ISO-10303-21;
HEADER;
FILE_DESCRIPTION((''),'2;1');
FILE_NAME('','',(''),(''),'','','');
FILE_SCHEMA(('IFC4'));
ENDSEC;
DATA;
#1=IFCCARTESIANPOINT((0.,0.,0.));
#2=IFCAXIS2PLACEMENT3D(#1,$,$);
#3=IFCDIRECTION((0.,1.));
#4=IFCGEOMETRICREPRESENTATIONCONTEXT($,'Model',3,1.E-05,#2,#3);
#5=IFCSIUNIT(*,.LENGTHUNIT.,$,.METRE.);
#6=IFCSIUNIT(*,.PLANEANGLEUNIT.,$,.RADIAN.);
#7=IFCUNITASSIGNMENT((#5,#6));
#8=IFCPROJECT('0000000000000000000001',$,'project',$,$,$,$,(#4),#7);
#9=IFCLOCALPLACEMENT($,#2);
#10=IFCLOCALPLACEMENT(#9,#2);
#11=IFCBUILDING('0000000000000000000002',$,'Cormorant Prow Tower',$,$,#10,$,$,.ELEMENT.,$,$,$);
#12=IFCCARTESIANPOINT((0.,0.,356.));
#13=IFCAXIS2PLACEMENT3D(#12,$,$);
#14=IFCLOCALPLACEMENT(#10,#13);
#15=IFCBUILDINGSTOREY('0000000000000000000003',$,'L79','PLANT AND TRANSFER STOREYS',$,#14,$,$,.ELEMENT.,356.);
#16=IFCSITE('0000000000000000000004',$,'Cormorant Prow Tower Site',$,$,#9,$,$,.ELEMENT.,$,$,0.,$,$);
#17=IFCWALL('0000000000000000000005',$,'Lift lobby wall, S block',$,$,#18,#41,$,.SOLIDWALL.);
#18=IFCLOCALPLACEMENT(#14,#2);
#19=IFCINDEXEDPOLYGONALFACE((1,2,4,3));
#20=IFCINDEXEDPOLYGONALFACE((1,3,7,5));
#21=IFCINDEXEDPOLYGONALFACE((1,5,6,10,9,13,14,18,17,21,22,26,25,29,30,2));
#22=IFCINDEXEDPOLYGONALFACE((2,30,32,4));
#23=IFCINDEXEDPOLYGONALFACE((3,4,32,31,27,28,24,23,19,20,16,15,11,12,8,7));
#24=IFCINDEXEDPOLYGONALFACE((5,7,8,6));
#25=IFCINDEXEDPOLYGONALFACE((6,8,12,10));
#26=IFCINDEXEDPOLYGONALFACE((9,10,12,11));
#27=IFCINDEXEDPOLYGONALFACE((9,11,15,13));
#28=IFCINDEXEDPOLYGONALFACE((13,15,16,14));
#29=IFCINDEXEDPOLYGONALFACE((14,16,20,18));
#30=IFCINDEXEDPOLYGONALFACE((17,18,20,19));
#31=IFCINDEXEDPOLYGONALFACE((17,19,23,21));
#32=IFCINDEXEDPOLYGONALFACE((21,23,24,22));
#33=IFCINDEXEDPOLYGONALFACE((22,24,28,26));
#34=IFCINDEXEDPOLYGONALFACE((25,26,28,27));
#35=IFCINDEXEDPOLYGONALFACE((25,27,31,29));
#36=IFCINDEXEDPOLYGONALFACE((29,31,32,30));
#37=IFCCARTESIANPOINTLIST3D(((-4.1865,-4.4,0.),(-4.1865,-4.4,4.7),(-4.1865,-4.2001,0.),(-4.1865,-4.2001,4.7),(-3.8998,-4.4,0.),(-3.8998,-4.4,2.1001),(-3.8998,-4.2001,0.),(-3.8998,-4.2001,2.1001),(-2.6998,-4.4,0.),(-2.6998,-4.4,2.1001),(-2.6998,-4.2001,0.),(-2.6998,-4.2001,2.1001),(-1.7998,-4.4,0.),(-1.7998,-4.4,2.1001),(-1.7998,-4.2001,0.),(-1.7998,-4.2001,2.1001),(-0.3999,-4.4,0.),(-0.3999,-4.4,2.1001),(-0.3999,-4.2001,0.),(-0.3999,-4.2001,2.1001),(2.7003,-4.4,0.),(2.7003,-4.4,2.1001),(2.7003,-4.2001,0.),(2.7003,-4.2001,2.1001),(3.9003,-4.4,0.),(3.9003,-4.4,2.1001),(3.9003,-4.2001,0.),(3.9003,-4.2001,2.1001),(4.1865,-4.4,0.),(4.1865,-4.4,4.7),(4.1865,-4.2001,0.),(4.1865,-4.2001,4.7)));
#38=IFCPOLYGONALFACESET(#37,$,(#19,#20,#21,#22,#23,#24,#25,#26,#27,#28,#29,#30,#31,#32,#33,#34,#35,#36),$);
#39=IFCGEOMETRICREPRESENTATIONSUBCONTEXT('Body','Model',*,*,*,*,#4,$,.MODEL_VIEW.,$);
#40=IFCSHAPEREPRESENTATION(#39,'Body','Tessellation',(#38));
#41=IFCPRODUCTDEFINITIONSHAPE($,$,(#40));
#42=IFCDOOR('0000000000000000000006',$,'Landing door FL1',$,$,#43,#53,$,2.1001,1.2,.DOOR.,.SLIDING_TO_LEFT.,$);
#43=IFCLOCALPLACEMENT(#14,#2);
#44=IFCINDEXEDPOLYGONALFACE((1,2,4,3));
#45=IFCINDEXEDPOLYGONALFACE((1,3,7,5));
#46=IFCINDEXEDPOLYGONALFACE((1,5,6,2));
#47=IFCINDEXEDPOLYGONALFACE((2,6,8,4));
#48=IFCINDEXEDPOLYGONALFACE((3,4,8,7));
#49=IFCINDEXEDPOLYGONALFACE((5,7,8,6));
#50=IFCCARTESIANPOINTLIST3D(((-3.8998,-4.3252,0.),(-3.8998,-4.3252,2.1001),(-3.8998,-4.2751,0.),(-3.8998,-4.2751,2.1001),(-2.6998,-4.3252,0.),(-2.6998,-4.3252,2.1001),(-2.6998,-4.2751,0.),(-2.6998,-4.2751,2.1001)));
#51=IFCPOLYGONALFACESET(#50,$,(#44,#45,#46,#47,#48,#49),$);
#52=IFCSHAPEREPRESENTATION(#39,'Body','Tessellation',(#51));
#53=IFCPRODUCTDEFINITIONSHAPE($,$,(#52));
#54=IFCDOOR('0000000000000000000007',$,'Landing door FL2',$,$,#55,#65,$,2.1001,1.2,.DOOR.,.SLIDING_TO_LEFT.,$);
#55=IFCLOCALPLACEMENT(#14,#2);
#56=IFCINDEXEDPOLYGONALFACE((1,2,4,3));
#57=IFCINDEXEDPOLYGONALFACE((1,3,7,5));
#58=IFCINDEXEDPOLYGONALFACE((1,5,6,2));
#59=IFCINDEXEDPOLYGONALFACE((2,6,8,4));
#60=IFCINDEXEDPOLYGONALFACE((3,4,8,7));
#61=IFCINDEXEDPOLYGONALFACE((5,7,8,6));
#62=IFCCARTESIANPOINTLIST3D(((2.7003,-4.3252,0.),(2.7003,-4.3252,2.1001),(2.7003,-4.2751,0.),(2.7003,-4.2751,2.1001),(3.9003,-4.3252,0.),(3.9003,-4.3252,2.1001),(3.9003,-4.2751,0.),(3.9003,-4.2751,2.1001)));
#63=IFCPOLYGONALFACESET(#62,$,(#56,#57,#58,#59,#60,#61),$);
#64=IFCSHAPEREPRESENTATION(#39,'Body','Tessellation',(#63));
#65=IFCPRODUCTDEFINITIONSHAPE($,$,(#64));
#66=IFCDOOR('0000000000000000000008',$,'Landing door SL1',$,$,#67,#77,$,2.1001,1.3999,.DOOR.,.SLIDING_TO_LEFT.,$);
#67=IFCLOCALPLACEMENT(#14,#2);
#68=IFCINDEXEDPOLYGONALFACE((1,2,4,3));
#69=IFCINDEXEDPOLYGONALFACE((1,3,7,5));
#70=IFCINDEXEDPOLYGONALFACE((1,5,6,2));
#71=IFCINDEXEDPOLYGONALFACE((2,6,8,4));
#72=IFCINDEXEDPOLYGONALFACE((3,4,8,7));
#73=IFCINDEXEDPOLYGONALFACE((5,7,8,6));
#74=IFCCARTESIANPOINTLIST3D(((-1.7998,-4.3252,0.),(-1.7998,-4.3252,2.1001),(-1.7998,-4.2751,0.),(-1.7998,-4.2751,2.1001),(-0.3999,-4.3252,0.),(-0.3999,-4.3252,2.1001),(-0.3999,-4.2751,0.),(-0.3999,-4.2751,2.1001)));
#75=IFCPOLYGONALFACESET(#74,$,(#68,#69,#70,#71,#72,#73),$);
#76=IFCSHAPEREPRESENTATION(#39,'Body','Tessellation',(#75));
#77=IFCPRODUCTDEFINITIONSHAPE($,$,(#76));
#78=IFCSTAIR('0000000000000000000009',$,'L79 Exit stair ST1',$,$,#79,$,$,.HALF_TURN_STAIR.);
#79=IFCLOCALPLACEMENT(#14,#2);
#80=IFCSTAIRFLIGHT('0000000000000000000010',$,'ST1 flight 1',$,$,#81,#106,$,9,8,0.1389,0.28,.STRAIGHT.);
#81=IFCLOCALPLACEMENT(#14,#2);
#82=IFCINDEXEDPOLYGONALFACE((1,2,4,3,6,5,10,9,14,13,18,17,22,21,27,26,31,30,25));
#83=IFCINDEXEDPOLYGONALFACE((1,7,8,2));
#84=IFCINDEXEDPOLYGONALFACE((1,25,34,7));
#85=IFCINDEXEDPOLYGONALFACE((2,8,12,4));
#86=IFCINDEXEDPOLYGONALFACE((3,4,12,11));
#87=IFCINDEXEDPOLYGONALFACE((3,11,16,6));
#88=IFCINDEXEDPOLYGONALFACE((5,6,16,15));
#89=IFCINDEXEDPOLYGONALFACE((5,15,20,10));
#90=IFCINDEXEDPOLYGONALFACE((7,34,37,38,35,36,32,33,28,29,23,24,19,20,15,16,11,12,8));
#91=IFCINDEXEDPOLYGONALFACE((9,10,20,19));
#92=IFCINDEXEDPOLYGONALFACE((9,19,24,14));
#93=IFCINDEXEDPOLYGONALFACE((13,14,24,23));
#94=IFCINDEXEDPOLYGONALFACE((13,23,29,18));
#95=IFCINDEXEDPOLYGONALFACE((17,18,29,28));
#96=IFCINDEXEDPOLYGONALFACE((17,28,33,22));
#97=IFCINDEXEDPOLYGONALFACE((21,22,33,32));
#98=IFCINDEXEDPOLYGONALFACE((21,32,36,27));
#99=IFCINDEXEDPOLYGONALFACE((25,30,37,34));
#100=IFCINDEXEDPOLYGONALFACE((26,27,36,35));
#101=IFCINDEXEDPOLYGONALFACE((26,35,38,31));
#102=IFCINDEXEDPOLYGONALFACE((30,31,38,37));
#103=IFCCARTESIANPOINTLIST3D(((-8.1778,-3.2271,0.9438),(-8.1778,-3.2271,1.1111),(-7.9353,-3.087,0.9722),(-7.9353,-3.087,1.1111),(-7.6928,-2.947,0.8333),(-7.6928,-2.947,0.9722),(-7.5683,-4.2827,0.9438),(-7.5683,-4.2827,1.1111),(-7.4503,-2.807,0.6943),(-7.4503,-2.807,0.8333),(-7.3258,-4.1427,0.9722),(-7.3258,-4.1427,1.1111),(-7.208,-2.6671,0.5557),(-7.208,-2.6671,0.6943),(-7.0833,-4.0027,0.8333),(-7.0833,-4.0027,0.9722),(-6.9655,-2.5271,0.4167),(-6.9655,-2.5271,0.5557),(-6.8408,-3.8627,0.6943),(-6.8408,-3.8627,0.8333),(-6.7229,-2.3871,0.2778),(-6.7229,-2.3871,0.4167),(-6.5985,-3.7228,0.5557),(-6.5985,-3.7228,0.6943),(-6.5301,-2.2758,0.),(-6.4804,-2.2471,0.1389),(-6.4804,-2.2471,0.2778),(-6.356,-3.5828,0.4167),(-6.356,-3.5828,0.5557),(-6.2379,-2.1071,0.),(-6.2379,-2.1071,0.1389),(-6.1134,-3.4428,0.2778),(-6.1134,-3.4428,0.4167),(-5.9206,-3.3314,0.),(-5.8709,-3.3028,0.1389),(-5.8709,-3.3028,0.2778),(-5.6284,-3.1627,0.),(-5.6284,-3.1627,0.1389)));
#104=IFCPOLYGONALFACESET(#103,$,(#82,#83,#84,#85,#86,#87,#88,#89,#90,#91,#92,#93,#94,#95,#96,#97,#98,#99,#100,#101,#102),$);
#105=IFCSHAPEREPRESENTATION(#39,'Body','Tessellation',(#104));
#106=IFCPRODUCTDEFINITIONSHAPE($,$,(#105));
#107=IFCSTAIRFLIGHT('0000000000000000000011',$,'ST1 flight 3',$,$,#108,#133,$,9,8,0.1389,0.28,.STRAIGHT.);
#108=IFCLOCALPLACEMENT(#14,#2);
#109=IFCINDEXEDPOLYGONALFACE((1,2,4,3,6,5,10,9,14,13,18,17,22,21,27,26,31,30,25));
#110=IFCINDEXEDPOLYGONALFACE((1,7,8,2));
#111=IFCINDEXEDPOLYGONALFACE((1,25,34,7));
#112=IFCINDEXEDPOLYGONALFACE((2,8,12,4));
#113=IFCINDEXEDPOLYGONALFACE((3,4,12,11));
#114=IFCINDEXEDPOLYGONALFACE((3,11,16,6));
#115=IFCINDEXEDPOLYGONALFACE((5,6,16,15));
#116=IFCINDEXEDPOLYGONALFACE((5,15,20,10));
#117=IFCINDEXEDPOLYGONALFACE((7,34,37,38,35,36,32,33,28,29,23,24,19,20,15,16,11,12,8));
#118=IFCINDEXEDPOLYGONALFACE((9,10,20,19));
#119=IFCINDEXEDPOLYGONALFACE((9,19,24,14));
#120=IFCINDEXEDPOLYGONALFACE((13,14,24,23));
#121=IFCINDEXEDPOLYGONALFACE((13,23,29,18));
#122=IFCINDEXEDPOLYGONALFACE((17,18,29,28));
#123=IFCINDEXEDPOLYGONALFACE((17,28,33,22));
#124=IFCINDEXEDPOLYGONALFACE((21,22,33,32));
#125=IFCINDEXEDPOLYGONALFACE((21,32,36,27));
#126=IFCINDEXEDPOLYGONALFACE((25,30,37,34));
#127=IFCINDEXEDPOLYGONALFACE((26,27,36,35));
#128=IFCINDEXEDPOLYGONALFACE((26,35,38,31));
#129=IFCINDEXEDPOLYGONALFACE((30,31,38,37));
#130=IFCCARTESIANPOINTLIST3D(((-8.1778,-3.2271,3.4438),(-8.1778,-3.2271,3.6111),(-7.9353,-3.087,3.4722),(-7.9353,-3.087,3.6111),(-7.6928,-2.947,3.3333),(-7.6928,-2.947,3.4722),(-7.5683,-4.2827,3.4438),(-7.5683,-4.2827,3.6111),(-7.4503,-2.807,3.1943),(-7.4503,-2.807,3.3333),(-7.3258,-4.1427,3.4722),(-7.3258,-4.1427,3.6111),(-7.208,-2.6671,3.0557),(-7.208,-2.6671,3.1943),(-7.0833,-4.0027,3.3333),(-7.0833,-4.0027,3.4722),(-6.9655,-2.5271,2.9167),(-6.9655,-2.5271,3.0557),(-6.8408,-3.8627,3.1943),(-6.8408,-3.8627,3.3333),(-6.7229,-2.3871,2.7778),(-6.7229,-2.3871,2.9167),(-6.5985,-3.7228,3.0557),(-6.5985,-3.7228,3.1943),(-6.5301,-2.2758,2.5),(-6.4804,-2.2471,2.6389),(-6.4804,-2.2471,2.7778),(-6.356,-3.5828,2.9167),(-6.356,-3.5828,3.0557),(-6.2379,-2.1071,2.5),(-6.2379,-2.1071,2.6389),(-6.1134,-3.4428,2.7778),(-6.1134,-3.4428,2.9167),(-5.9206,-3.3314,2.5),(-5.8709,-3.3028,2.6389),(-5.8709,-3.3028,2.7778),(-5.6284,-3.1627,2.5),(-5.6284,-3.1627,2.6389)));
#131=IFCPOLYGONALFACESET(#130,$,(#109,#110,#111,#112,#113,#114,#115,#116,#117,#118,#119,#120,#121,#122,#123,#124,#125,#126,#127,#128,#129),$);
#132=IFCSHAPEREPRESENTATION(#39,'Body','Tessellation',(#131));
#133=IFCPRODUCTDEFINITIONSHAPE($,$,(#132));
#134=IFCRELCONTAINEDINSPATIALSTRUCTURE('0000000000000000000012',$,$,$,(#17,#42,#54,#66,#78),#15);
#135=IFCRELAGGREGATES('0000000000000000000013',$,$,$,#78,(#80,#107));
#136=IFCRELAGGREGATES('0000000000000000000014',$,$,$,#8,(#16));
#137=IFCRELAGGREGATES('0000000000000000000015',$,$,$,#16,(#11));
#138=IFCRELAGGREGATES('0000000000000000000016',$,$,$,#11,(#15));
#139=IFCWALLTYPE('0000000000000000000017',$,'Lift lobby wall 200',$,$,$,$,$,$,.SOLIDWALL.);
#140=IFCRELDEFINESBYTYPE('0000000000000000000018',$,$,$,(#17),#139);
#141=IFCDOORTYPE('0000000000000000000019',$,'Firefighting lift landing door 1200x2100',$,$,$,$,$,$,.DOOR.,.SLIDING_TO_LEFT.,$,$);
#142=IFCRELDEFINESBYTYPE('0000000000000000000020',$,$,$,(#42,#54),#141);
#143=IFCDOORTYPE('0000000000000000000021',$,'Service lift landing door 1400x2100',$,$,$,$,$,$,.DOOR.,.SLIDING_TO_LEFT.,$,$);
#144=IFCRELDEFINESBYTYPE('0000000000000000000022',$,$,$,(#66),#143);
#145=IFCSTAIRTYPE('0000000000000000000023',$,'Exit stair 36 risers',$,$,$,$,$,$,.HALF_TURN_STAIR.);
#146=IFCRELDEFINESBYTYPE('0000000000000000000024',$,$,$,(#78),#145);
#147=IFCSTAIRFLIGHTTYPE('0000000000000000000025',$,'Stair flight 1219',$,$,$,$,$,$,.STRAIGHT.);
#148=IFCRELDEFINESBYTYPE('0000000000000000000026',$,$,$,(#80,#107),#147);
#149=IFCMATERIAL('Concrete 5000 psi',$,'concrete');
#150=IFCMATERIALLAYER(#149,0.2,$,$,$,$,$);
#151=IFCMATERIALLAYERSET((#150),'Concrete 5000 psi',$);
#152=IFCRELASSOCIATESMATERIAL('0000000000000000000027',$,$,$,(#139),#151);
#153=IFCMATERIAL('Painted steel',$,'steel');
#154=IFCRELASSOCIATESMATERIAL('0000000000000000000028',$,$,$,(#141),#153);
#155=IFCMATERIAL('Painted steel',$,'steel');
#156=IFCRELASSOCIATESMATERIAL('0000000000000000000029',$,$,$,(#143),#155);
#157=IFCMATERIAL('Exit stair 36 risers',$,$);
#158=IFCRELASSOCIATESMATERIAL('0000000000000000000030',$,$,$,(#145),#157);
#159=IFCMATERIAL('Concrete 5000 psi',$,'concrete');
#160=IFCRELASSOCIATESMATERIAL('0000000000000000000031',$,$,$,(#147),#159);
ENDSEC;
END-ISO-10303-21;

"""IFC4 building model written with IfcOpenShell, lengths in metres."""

from ifc_helpers import new_model, si_unit, direction, frame, frame_2d, origin, place, context, subcontext, project, spatial, polyline, rectangle, outline, extrude, material, layer, layer_set, type_object, element, fill, aggregate, save


model = new_model("IFC4")

# Units and contexts
model_context = context("Model", 3, precision=1e-05, world=origin(), true_north=direction((0.0, 1.0)))
body_context = subcontext(model_context, "Body", "Model", "MODEL_VIEW")
ifc_project = project(units=[si_unit("LENGTHUNIT", "METRE"), si_unit("PLANEANGLEUNIT", "RADIAN")], contexts=[model_context])

# Site, building, storey
site_placement = place(None, origin())
site = spatial("IfcSite", under=ifc_project, at=site_placement, Name="Cormorant Prow Tower Site", CompositionType="ELEMENT", RefElevation=0.0)
building_placement = place(site_placement, origin())
building = spatial("IfcBuilding", under=site, at=building_placement, Name="Cormorant Prow Tower", CompositionType="ELEMENT")
storey_placement = place(building_placement, frame((0.0, 0.0, 356.0)))
storey = spatial("IfcBuildingStorey", under=building, at=storey_placement, Name="L79", Description="PLANT AND TRANSFER STOREYS", CompositionType="ELEMENT", Elevation=356.0)

# Wall, openings, doors
ifc_material_1 = material(Name="Concrete 5000 psi", Category="concrete")
ifc_layer_1 = layer(ifc_material_1, 0.2)
ifc_layer_set_1 = layer_set([ifc_layer_1], Name="Concrete 5000 psi")
wall_type_1 = type_object("IfcWallType", Name="Lift lobby wall 200", PredefinedType="SOLIDWALL", material=ifc_layer_set_1)
wall_1_placement = place(storey_placement, frame((-4.1865, -4.3, 0.0), z_axis=(0.0, 0.0, 1.0), x_axis=(1.0, 0.0, 0.0)))
wall_1 = element("IfcWall", 1, at=wall_1_placement, inside=storey, type_object=wall_type_1, Name="Lift lobby wall, S block", PredefinedType="SOLIDWALL", context=body_context, shape_type="SweptSolid", body=[
    extrude(rectangle(XDim=8.373, YDim=0.2, at=frame_2d((4.1865, 0.0))), origin(), (0.0, 0.0, 1.0), 4.7),
])
opening_1_placement = place(wall_1_placement, frame((0.2866, 0.0, 0.0)))
opening_1 = element("IfcOpeningElement", 2, at=opening_1_placement, cuts=wall_1, PredefinedType="OPENING", context=body_context, shape_type="SweptSolid", body=[
    extrude(rectangle(XDim=1.2, YDim=2.1001, at=frame_2d((0.6001, 1.05))), frame((0.0, 0.1099, 0.0), z_axis=(0.0, -1.0, 0.0), x_axis=(1.0, 0.0, 0.0)), (0.0, 0.0, 1.0), 0.22),
])
opening_2_placement = place(wall_1_placement, frame((2.3867, 0.0, 0.0)))
opening_2 = element("IfcOpeningElement", 3, at=opening_2_placement, cuts=wall_1, PredefinedType="OPENING", context=body_context, shape_type="SweptSolid", body=[
    extrude(rectangle(XDim=1.3999, YDim=2.1001, at=frame_2d((0.7, 1.05))), frame((0.0, 0.1099, 0.0), z_axis=(0.0, -1.0, 0.0), x_axis=(1.0, 0.0, 0.0)), (0.0, 0.0, 1.0), 0.22),
])
opening_3_placement = place(wall_1_placement, frame((6.8867, 0.0, 0.0)))
opening_3 = element("IfcOpeningElement", 4, at=opening_3_placement, cuts=wall_1, PredefinedType="OPENING", context=body_context, shape_type="SweptSolid", body=[
    extrude(rectangle(XDim=1.2, YDim=2.1001, at=frame_2d((0.6001, 1.05))), frame((0.0, 0.1099, 0.0), z_axis=(0.0, -1.0, 0.0), x_axis=(1.0, 0.0, 0.0)), (0.0, 0.0, 1.0), 0.22),
])
ifc_material_2 = material(Name="Painted steel", Category="steel")
door_type_1 = type_object("IfcDoorType", Name="Firefighting lift landing door 1200x2100", OperationType="SLIDING_TO_LEFT", PredefinedType="DOOR", material=ifc_material_2)
door_1_placement = place(opening_1_placement, origin())
door_1 = element("IfcDoor", 5, at=door_1_placement, inside=storey, type_object=door_type_1, Name="Landing door FL1", OperationType="SLIDING_TO_LEFT", OverallHeight=2.1001, OverallWidth=1.2, PredefinedType="DOOR", context=body_context, shape_type="SweptSolid", body=[
    extrude(rectangle(XDim=1.2, YDim=2.1001, at=frame_2d((0.6001, 1.05))), frame((0.0, 0.0249, 0.0), z_axis=(0.0, -1.0, 0.0), x_axis=(1.0, 0.0, 0.0)), (0.0, 0.0, 1.0), 0.05),
])
fill(opening_1, door_1)
door_2_placement = place(opening_3_placement, origin())
door_2 = element("IfcDoor", 6, at=door_2_placement, inside=storey, type_object=door_type_1, Name="Landing door FL2", OperationType="SLIDING_TO_LEFT", OverallHeight=2.1001, OverallWidth=1.2, PredefinedType="DOOR", context=body_context, shape_type="SweptSolid", body=[
    extrude(rectangle(XDim=1.2, YDim=2.1001, at=frame_2d((0.6001, 1.05))), frame((0.0, 0.0249, 0.0), z_axis=(0.0, -1.0, 0.0), x_axis=(1.0, 0.0, 0.0)), (0.0, 0.0, 1.0), 0.05),
])
fill(opening_3, door_2)
ifc_material_3 = material(Name="Painted steel", Category="steel")
door_type_2 = type_object("IfcDoorType", Name="Service lift landing door 1400x2100", OperationType="SLIDING_TO_LEFT", PredefinedType="DOOR", material=ifc_material_3)
door_3_placement = place(opening_2_placement, origin())
door_3 = element("IfcDoor", 7, at=door_3_placement, inside=storey, type_object=door_type_2, Name="Landing door SL1", OperationType="SLIDING_TO_LEFT", OverallHeight=2.1001, OverallWidth=1.3999, PredefinedType="DOOR", context=body_context, shape_type="SweptSolid", body=[
    extrude(rectangle(XDim=1.3999, YDim=2.1001, at=frame_2d((0.7, 1.05))), frame((0.0, 0.0249, 0.0), z_axis=(0.0, -1.0, 0.0), x_axis=(1.0, 0.0, 0.0)), (0.0, 0.0, 1.0), 0.05),
])
fill(opening_2, door_3)

# Stair, stair flights
ifc_material_4 = material(Name="Exit stair 36 risers")
stair_type = type_object("IfcStairType", Name="Exit stair 36 risers", PredefinedType="HALF_TURN_STAIR", material=ifc_material_4)
stair_placement = place(storey_placement, origin())
stair = element("IfcStair", 8, at=stair_placement, inside=storey, type_object=stair_type, Name="L79 Exit stair ST1", PredefinedType="HALF_TURN_STAIR")
ifc_material_5 = material(Name="Concrete 5000 psi", Category="concrete")
stair_flight_type = type_object("IfcStairFlightType", Name="Stair flight 1219", PredefinedType="STRAIGHT", material=ifc_material_5)
stair_flight_1_placement = place(storey_placement, frame((-5.9331, -2.635, 0.0), z_axis=(0.0, 0.0, 1.0), x_axis=(-0.866025, -0.5, 0.0)))
stair_flight_1 = element("IfcStairFlight", 9, at=stair_flight_1_placement, type_object=stair_flight_type, Name="ST1 flight 1", NumberOfRisers=9, NumberOfTreads=8, PredefinedType="STRAIGHT", RiserHeight=0.1389, TreadLength=0.28, context=body_context, shape_type="SweptSolid", body=[
    extrude(outline(polyline([(0.0, 0.0), (0.0, 0.1389), (0.28, 0.1389), (0.28, 0.2778), (0.5601, 0.2778), (0.5601, 0.4167), (0.8401, 0.4167), (0.8401, 0.5557), (1.1201, 0.5557), (1.1201, 0.6943), (1.3999, 0.6943), (1.3999, 0.8333), (1.6799, 0.8333), (1.6799, 0.9722), (1.96, 0.9722), (1.96, 1.1111), (2.24, 1.1111), (2.24, 1.25), (2.24, 0.9438), (0.3374, 0.0), (0.0, 0.0)])), frame((0.0, 0.6094, 0.0), z_axis=(0.0, -1.0, 0.0), x_axis=(1.0, 0.0, 0.0)), (0.0, 0.0, 1.0), 1.219),
])
stair_flight_2_placement = place(storey_placement, frame((-5.9331, -2.635, 2.5), z_axis=(0.0, 0.0, 1.0), x_axis=(-0.866025, -0.5, 0.0)))
stair_flight_2 = element("IfcStairFlight", 10, at=stair_flight_2_placement, type_object=stair_flight_type, Name="ST1 flight 3", NumberOfRisers=9, NumberOfTreads=8, PredefinedType="STRAIGHT", RiserHeight=0.1389, TreadLength=0.28, context=body_context, shape_type="SweptSolid", body=[
    extrude(outline(polyline([(0.0, 0.0), (0.0, 0.1389), (0.28, 0.1389), (0.28, 0.2778), (0.5601, 0.2778), (0.5601, 0.4167), (0.8401, 0.4167), (0.8401, 0.5557), (1.1201, 0.5557), (1.1201, 0.6943), (1.3999, 0.6943), (1.3999, 0.8333), (1.6799, 0.8333), (1.6799, 0.9722), (1.96, 0.9722), (1.96, 1.1111), (2.24, 1.1111), (2.24, 1.25), (2.24, 0.9438), (0.3374, 0.0), (0.0, 0.0)])), frame((0.0, 0.6094, 0.0), z_axis=(0.0, -1.0, 0.0), x_axis=(1.0, 0.0, 0.0)), (0.0, 0.0, 1.0), 1.219),
])
aggregate(stair, [stair_flight_1, stair_flight_2])

save(model, "model.ifc")
